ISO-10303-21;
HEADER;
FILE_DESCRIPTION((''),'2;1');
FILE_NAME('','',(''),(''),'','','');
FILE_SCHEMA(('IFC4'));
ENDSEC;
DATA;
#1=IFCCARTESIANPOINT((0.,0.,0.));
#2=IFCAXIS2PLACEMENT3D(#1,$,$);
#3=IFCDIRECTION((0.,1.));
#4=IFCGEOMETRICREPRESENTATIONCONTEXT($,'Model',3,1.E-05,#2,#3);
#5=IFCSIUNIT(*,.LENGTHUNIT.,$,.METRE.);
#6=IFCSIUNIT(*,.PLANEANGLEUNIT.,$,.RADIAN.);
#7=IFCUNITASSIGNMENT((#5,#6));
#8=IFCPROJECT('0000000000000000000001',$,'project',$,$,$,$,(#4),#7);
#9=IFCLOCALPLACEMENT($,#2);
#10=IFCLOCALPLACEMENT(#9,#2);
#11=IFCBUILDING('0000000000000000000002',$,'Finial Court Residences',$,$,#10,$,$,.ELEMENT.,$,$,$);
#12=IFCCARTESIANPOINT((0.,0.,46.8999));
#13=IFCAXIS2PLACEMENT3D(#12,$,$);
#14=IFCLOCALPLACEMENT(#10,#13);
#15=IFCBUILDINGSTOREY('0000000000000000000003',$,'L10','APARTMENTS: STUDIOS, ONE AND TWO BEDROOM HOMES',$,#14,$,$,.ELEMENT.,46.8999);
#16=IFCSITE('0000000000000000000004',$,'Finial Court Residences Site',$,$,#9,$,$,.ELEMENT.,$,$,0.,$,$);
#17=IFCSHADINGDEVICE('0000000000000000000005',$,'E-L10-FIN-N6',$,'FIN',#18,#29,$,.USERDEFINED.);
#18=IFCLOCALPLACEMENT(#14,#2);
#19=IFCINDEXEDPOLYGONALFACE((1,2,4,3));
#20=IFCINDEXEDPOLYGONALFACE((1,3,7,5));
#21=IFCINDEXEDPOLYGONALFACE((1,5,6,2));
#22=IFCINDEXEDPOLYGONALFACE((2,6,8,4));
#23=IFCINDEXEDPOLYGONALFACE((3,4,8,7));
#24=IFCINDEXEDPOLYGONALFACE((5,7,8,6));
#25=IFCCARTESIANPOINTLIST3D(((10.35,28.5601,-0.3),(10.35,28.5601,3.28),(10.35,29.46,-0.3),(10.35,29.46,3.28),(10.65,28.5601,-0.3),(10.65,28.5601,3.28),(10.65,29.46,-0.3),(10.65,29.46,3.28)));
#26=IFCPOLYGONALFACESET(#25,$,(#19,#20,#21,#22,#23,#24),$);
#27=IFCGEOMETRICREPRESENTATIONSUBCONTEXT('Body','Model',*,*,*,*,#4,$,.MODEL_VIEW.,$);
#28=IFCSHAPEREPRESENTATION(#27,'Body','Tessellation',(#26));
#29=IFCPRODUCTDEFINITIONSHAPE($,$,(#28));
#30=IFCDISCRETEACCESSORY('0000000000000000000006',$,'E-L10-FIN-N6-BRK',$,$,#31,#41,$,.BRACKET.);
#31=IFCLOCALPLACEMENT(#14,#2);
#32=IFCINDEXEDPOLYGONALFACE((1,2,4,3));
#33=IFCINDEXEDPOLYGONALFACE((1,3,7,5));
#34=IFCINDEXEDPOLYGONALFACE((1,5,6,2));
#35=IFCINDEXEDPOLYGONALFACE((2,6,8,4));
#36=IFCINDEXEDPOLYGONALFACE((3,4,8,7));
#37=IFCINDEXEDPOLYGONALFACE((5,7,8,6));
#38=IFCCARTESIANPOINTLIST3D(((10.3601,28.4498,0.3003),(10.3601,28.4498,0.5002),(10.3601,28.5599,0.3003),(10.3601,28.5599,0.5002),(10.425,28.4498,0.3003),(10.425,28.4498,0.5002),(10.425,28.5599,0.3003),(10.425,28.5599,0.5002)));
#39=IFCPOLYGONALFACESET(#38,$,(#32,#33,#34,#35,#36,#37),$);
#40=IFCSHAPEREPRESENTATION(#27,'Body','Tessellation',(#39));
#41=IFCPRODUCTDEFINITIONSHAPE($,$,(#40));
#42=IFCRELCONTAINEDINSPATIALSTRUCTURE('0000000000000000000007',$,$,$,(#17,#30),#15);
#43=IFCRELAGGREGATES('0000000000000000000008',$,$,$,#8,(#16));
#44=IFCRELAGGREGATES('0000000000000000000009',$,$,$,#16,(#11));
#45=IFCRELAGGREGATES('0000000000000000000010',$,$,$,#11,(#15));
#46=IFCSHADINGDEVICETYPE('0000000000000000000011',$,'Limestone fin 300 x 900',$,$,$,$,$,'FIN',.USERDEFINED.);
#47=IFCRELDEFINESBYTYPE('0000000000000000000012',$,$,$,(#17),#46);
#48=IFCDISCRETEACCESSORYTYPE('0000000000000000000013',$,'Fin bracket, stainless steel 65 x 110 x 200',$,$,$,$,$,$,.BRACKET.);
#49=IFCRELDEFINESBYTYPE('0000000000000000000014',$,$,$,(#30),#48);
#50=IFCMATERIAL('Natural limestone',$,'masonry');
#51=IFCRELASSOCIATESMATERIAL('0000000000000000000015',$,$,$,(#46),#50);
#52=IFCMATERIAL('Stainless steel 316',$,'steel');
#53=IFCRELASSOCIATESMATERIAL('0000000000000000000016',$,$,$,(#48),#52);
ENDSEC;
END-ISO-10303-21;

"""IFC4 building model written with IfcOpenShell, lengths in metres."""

from ifc_helpers import new_model, si_unit, direction, frame, origin, origin_2d, place, context, subcontext, project, spatial, rectangle, extrude, material, type_object, element, save


model = new_model("IFC4")

# Units and contexts
model_context = context("Model", 3, precision=1e-05, world=origin(), true_north=direction((0.0, 1.0)))
body_context = subcontext(model_context, "Body", "Model", "MODEL_VIEW")
ifc_project = project(units=[si_unit("LENGTHUNIT", "METRE"), si_unit("PLANEANGLEUNIT", "RADIAN")], contexts=[model_context])

# Site, building, storey
site_placement = place(None, origin())
site = spatial("IfcSite", under=ifc_project, at=site_placement, Name="Finial Court Residences Site", CompositionType="ELEMENT", RefElevation=0.0)
building_placement = place(site_placement, origin())
building = spatial("IfcBuilding", under=site, at=building_placement, Name="Finial Court Residences", CompositionType="ELEMENT")
storey_placement = place(building_placement, frame((0.0, 0.0, 46.8999)))
storey = spatial("IfcBuildingStorey", under=building, at=storey_placement, Name="L10", Description="APARTMENTS: STUDIOS, ONE AND TWO BEDROOM HOMES", CompositionType="ELEMENT", Elevation=46.8999)

# Shared definitions
ifc_material_1 = material(Name="Natural limestone", Category="masonry")

# Shading device
shading_device_type = type_object("IfcShadingDeviceType", Name="Limestone fin 300 x 900", ElementType="FIN", PredefinedType="USERDEFINED", material=ifc_material_1)
shading_device_placement = place(storey_placement, frame((10.5, 29.01, -0.3), z_axis=(0.0, 0.0, 1.0), x_axis=(1.0, 0.0, 0.0)))
element("IfcShadingDevice", 1, at=shading_device_placement, inside=storey, type_object=shading_device_type, Name="E-L10-FIN-N6", ObjectType="FIN", PredefinedType="USERDEFINED", context=body_context, shape_type="SweptSolid", body=[
    extrude(rectangle(XDim=0.3, YDim=0.8999, at=origin_2d()), origin(), (0.0, 0.0, 1.0), 3.5801),
])

# Discrete accessory
ifc_material_2 = material(Name="Stainless steel 316", Category="steel")
discrete_accessory_type = type_object("IfcDiscreteAccessoryType", Name="Fin bracket, stainless steel 65 x 110 x 200", PredefinedType="BRACKET", material=ifc_material_2)
discrete_accessory_placement = place(storey_placement, frame((10.3926, 28.5049, 0.3003), z_axis=(0.0, 0.0, 1.0), x_axis=(1.0, 0.0, 0.0)))
element("IfcDiscreteAccessory", 2, at=discrete_accessory_placement, inside=storey, type_object=discrete_accessory_type, Name="E-L10-FIN-N6-BRK", PredefinedType="BRACKET", context=body_context, shape_type="SweptSolid", body=[
    extrude(rectangle(XDim=0.0649, YDim=0.1101, at=origin_2d()), origin(), (0.0, 0.0, 1.0), 0.2),
])

save(model, "model.ifc")
